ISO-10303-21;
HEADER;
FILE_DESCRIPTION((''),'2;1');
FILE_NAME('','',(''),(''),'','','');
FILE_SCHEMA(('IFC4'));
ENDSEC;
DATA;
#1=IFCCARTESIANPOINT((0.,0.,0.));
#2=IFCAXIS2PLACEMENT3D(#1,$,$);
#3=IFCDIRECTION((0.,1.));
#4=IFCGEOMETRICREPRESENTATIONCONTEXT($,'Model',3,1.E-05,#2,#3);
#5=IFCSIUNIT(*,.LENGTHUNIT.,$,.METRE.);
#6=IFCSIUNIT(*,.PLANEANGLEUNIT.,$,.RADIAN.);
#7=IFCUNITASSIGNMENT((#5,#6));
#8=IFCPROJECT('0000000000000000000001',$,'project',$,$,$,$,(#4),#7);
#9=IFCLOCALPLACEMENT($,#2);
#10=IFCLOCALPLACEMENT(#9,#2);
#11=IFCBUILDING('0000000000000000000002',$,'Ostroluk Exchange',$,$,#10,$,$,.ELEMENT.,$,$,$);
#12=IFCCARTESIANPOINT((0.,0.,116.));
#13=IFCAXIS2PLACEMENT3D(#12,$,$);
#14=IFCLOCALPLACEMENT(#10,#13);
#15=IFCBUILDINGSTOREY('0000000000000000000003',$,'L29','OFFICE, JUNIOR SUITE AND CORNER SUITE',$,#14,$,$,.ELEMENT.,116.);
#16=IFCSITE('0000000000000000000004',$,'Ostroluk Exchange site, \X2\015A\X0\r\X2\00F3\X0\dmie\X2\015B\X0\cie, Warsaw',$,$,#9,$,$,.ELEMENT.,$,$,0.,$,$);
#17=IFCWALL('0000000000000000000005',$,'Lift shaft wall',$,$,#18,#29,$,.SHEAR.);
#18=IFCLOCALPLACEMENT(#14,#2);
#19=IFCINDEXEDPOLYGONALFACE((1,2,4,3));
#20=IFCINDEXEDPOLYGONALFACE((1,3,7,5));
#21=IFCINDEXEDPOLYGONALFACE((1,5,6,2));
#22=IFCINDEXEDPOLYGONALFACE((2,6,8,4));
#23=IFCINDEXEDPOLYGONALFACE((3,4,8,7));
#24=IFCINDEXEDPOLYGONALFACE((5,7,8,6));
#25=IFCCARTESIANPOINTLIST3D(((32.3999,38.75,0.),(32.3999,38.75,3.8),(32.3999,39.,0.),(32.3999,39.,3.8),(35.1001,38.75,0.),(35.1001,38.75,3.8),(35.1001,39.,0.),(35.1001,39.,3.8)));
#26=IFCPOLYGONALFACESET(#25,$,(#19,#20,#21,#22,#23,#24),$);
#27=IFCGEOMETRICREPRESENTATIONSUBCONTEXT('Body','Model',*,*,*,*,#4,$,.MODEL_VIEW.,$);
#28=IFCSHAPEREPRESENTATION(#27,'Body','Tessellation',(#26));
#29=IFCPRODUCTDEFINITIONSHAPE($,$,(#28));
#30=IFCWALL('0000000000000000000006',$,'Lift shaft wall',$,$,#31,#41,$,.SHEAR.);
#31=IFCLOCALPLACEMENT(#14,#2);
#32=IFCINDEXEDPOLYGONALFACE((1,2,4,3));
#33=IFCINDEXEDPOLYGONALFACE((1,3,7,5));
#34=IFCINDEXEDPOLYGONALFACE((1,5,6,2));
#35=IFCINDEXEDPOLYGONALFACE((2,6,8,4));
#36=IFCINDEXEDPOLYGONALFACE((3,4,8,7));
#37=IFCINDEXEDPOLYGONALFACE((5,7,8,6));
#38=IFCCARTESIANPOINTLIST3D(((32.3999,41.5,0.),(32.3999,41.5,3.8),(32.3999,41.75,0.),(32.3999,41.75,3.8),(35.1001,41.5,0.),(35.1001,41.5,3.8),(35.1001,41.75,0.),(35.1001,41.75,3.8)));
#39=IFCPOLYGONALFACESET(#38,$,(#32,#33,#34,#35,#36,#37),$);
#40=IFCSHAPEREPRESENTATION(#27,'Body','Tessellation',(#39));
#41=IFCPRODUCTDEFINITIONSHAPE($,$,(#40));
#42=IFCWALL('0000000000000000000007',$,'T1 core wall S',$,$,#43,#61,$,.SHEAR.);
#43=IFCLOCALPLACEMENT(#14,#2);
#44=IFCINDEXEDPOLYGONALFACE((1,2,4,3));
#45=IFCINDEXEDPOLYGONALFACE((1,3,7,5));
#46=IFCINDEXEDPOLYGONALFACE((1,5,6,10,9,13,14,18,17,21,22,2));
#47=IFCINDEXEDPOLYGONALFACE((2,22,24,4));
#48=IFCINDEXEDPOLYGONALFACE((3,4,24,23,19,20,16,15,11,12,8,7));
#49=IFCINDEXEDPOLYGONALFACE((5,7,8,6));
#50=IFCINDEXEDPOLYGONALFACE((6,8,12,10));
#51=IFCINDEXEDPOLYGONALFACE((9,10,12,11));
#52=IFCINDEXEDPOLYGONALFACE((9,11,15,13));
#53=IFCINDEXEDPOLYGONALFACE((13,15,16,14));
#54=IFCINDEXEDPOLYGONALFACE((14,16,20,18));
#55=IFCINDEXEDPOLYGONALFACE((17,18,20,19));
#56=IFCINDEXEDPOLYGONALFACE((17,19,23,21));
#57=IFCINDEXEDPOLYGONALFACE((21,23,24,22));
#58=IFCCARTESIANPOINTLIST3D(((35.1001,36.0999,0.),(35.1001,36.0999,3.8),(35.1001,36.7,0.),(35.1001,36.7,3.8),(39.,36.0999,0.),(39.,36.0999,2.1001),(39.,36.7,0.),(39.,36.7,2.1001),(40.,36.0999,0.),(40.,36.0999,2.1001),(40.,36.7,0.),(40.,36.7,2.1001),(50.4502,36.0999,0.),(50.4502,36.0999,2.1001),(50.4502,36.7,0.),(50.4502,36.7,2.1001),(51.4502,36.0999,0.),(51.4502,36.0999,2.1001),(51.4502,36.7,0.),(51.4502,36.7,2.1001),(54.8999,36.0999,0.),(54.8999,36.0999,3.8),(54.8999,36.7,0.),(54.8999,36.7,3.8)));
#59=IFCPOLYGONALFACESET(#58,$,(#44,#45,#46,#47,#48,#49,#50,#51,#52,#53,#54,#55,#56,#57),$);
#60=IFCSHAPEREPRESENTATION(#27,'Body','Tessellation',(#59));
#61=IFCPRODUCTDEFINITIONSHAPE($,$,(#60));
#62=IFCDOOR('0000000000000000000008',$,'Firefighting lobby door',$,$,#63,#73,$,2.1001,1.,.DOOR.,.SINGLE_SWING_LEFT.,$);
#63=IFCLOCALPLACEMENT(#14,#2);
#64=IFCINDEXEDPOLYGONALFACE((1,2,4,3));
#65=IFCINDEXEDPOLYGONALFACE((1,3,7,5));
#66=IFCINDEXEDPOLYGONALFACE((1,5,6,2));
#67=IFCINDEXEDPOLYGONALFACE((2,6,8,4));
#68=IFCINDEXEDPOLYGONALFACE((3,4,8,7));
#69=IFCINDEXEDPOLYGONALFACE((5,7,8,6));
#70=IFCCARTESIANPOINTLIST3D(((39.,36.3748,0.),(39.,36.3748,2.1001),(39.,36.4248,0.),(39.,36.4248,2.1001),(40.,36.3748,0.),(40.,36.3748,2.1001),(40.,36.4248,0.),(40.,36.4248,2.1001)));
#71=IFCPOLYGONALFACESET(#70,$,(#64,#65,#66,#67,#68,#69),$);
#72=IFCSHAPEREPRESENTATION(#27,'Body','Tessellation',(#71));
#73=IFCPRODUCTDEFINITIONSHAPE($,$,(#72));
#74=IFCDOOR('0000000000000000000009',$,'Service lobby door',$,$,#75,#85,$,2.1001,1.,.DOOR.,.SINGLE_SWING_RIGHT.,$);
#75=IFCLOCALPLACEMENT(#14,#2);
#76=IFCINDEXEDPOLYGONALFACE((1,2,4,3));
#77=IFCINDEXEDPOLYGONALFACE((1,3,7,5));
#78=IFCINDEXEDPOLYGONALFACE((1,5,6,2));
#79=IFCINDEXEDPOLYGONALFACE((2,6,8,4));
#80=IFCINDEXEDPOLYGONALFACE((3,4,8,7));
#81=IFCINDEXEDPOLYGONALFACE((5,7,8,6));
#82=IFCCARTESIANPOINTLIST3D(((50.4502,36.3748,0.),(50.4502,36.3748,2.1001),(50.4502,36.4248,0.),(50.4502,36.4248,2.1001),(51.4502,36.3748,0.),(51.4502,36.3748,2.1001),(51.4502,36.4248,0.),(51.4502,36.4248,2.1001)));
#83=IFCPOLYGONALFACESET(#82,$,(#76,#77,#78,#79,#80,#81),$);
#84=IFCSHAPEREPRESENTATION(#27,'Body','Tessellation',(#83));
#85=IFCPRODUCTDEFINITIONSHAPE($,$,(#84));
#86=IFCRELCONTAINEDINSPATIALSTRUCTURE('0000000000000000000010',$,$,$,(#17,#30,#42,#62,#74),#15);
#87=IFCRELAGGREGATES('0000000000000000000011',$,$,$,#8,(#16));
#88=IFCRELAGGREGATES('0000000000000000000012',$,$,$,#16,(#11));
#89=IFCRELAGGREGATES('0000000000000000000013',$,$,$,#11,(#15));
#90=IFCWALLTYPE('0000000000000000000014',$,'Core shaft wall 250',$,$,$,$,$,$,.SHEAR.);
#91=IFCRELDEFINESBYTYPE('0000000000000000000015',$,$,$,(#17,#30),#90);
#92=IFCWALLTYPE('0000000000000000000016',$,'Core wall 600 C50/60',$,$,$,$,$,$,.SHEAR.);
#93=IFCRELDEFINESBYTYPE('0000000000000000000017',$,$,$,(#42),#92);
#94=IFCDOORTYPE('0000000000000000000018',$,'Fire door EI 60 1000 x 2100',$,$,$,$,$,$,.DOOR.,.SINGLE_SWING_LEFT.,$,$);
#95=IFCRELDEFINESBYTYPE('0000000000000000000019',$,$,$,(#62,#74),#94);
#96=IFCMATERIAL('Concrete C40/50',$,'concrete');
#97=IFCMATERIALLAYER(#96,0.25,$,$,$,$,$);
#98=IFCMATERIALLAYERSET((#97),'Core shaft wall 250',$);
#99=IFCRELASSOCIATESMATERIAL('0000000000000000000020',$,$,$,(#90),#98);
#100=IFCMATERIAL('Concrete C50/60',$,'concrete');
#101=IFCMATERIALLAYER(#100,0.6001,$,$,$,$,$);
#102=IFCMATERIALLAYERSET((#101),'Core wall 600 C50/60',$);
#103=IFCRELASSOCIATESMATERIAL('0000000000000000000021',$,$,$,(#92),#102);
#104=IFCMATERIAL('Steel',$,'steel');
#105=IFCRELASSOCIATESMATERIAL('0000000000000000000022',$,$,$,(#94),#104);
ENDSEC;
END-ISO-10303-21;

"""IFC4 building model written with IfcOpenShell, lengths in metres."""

from ifc_helpers import new_model, si_unit, direction, frame, frame_2d, origin, place, context, subcontext, project, spatial, rectangle, extrude, material, layer, layer_set, type_object, element, fill, save


model = new_model("IFC4")

# Units and contexts
model_context = context("Model", 3, precision=1e-05, world=origin(), true_north=direction((0.0, 1.0)))
body_context = subcontext(model_context, "Body", "Model", "MODEL_VIEW")
ifc_project = project(units=[si_unit("LENGTHUNIT", "METRE"), si_unit("PLANEANGLEUNIT", "RADIAN")], contexts=[model_context])

# Site, building, storey
site_placement = place(None, origin())
site = spatial("IfcSite", under=ifc_project, at=site_placement, Name="Ostroluk Exchange site, Śródmieście, Warsaw", CompositionType="ELEMENT", RefElevation=0.0)
building_placement = place(site_placement, origin())
building = spatial("IfcBuilding", under=site, at=building_placement, Name="Ostroluk Exchange", CompositionType="ELEMENT")
storey_placement = place(building_placement, frame((0.0, 0.0, 116.0)))
storey = spatial("IfcBuildingStorey", under=building, at=storey_placement, Name="L29", Description="OFFICE, JUNIOR SUITE AND CORNER SUITE", CompositionType="ELEMENT", Elevation=116.0)

# Shared definitions
ifc_material_1 = material(Name="Concrete C40/50", Category="concrete")
ifc_layer_1 = layer(ifc_material_1, 0.25)
ifc_layer_set_1 = layer_set([ifc_layer_1], Name="Core shaft wall 250")
wall_type_1 = type_object("IfcWallType", Name="Core shaft wall 250", PredefinedType="SHEAR", material=ifc_layer_set_1)

# Walls
for number, where, z_axis, x_axis, name in (
    (1, (32.3999, 38.875, 0.0), (0.0, 0.0, 1.0), (1.0, 0.0, 0.0), "Lift shaft wall"),
    (2, (32.3999, 41.625, 0.0), (0.0, 0.0, 1.0), (1.0, 0.0, 0.0), "Lift shaft wall"),
):
    element("IfcWall", number, at=place(storey_placement, frame(where, z_axis=z_axis, x_axis=x_axis)), inside=storey, type_object=wall_type_1, Name=name, PredefinedType="SHEAR", context=body_context, shape_type="SweptSolid", body=[
        extrude(rectangle(XDim=2.7002, YDim=0.25, at=frame_2d((1.3501, 0.0))), origin(), (0.0, 0.0, 1.0), 3.8),
    ])

# Wall, openings, doors
ifc_material_2 = material(Name="Concrete C50/60", Category="concrete")
ifc_layer_2 = layer(ifc_material_2, 0.6001)
ifc_layer_set_2 = layer_set([ifc_layer_2], Name="Core wall 600 C50/60")
wall_type_2 = type_object("IfcWallType", Name="Core wall 600 C50/60", PredefinedType="SHEAR", material=ifc_layer_set_2)
wall_1_placement = place(storey_placement, frame((35.1001, 36.3999, 0.0), z_axis=(0.0, 0.0, 1.0), x_axis=(1.0, 0.0, 0.0)))
wall_1 = element("IfcWall", 3, at=wall_1_placement, inside=storey, type_object=wall_type_2, Name="T1 core wall S", PredefinedType="SHEAR", context=body_context, shape_type="SweptSolid", body=[
    extrude(rectangle(XDim=19.7998, YDim=0.6001, at=frame_2d((9.8999, 0.0))), origin(), (0.0, 0.0, 1.0), 3.8),
])
opening_1_placement = place(wall_1_placement, frame((3.8999, 0.0, 0.0)))
opening_1 = element("IfcOpeningElement", 4, at=opening_1_placement, cuts=wall_1, PredefinedType="OPENING", context=body_context, shape_type="SweptSolid", body=[
    extrude(rectangle(XDim=1.0, YDim=2.1001, at=frame_2d((0.5, 1.05))), frame((0.0, 0.3101, 0.0), z_axis=(0.0, -1.0, 0.0), x_axis=(1.0, 0.0, 0.0)), (0.0, 0.0, 1.0), 0.6201),
])
opening_2_placement = place(wall_1_placement, frame((15.3501, 0.0, 0.0)))
opening_2 = element("IfcOpeningElement", 5, at=opening_2_placement, cuts=wall_1, PredefinedType="OPENING", context=body_context, shape_type="SweptSolid", body=[
    extrude(rectangle(XDim=1.0, YDim=2.1001, at=frame_2d((0.5, 1.05))), frame((0.0, 0.3101, 0.0), z_axis=(0.0, -1.0, 0.0), x_axis=(1.0, 0.0, 0.0)), (0.0, 0.0, 1.0), 0.6201),
])
ifc_material_3 = material(Name="Steel", Category="steel")
door_type_1 = type_object("IfcDoorType", Name="Fire door EI 60 1000 x 2100", OperationType="SINGLE_SWING_LEFT", PredefinedType="DOOR", material=ifc_material_3)
door_1_placement = place(opening_1_placement, origin())
door_1 = element("IfcDoor", 6, at=door_1_placement, inside=storey, type_object=door_type_1, Name="Firefighting lobby door", OperationType="SINGLE_SWING_LEFT", OverallHeight=2.1001, OverallWidth=1.0, PredefinedType="DOOR", context=body_context, shape_type="SweptSolid", body=[
    extrude(rectangle(XDim=1.0, YDim=2.1001, at=frame_2d((0.5, 1.05))), frame((0.0, 0.0249, 0.0), z_axis=(0.0, -1.0, 0.0), x_axis=(1.0, 0.0, 0.0)), (0.0, 0.0, 1.0), 0.05),
])
fill(opening_1, door_1)
door_2_placement = place(opening_2_placement, origin())
door_2 = element("IfcDoor", 7, at=door_2_placement, inside=storey, type_object=door_type_1, Name="Service lobby door", OperationType="SINGLE_SWING_RIGHT", OverallHeight=2.1001, OverallWidth=1.0, PredefinedType="DOOR", context=body_context, shape_type="SweptSolid", body=[
    extrude(rectangle(XDim=1.0, YDim=2.1001, at=frame_2d((0.5, 1.05))), frame((0.0, 0.0249, 0.0), z_axis=(0.0, -1.0, 0.0), x_axis=(1.0, 0.0, 0.0)), (0.0, 0.0, 1.0), 0.05),
])
fill(opening_2, door_2)

save(model, "model.ifc")
